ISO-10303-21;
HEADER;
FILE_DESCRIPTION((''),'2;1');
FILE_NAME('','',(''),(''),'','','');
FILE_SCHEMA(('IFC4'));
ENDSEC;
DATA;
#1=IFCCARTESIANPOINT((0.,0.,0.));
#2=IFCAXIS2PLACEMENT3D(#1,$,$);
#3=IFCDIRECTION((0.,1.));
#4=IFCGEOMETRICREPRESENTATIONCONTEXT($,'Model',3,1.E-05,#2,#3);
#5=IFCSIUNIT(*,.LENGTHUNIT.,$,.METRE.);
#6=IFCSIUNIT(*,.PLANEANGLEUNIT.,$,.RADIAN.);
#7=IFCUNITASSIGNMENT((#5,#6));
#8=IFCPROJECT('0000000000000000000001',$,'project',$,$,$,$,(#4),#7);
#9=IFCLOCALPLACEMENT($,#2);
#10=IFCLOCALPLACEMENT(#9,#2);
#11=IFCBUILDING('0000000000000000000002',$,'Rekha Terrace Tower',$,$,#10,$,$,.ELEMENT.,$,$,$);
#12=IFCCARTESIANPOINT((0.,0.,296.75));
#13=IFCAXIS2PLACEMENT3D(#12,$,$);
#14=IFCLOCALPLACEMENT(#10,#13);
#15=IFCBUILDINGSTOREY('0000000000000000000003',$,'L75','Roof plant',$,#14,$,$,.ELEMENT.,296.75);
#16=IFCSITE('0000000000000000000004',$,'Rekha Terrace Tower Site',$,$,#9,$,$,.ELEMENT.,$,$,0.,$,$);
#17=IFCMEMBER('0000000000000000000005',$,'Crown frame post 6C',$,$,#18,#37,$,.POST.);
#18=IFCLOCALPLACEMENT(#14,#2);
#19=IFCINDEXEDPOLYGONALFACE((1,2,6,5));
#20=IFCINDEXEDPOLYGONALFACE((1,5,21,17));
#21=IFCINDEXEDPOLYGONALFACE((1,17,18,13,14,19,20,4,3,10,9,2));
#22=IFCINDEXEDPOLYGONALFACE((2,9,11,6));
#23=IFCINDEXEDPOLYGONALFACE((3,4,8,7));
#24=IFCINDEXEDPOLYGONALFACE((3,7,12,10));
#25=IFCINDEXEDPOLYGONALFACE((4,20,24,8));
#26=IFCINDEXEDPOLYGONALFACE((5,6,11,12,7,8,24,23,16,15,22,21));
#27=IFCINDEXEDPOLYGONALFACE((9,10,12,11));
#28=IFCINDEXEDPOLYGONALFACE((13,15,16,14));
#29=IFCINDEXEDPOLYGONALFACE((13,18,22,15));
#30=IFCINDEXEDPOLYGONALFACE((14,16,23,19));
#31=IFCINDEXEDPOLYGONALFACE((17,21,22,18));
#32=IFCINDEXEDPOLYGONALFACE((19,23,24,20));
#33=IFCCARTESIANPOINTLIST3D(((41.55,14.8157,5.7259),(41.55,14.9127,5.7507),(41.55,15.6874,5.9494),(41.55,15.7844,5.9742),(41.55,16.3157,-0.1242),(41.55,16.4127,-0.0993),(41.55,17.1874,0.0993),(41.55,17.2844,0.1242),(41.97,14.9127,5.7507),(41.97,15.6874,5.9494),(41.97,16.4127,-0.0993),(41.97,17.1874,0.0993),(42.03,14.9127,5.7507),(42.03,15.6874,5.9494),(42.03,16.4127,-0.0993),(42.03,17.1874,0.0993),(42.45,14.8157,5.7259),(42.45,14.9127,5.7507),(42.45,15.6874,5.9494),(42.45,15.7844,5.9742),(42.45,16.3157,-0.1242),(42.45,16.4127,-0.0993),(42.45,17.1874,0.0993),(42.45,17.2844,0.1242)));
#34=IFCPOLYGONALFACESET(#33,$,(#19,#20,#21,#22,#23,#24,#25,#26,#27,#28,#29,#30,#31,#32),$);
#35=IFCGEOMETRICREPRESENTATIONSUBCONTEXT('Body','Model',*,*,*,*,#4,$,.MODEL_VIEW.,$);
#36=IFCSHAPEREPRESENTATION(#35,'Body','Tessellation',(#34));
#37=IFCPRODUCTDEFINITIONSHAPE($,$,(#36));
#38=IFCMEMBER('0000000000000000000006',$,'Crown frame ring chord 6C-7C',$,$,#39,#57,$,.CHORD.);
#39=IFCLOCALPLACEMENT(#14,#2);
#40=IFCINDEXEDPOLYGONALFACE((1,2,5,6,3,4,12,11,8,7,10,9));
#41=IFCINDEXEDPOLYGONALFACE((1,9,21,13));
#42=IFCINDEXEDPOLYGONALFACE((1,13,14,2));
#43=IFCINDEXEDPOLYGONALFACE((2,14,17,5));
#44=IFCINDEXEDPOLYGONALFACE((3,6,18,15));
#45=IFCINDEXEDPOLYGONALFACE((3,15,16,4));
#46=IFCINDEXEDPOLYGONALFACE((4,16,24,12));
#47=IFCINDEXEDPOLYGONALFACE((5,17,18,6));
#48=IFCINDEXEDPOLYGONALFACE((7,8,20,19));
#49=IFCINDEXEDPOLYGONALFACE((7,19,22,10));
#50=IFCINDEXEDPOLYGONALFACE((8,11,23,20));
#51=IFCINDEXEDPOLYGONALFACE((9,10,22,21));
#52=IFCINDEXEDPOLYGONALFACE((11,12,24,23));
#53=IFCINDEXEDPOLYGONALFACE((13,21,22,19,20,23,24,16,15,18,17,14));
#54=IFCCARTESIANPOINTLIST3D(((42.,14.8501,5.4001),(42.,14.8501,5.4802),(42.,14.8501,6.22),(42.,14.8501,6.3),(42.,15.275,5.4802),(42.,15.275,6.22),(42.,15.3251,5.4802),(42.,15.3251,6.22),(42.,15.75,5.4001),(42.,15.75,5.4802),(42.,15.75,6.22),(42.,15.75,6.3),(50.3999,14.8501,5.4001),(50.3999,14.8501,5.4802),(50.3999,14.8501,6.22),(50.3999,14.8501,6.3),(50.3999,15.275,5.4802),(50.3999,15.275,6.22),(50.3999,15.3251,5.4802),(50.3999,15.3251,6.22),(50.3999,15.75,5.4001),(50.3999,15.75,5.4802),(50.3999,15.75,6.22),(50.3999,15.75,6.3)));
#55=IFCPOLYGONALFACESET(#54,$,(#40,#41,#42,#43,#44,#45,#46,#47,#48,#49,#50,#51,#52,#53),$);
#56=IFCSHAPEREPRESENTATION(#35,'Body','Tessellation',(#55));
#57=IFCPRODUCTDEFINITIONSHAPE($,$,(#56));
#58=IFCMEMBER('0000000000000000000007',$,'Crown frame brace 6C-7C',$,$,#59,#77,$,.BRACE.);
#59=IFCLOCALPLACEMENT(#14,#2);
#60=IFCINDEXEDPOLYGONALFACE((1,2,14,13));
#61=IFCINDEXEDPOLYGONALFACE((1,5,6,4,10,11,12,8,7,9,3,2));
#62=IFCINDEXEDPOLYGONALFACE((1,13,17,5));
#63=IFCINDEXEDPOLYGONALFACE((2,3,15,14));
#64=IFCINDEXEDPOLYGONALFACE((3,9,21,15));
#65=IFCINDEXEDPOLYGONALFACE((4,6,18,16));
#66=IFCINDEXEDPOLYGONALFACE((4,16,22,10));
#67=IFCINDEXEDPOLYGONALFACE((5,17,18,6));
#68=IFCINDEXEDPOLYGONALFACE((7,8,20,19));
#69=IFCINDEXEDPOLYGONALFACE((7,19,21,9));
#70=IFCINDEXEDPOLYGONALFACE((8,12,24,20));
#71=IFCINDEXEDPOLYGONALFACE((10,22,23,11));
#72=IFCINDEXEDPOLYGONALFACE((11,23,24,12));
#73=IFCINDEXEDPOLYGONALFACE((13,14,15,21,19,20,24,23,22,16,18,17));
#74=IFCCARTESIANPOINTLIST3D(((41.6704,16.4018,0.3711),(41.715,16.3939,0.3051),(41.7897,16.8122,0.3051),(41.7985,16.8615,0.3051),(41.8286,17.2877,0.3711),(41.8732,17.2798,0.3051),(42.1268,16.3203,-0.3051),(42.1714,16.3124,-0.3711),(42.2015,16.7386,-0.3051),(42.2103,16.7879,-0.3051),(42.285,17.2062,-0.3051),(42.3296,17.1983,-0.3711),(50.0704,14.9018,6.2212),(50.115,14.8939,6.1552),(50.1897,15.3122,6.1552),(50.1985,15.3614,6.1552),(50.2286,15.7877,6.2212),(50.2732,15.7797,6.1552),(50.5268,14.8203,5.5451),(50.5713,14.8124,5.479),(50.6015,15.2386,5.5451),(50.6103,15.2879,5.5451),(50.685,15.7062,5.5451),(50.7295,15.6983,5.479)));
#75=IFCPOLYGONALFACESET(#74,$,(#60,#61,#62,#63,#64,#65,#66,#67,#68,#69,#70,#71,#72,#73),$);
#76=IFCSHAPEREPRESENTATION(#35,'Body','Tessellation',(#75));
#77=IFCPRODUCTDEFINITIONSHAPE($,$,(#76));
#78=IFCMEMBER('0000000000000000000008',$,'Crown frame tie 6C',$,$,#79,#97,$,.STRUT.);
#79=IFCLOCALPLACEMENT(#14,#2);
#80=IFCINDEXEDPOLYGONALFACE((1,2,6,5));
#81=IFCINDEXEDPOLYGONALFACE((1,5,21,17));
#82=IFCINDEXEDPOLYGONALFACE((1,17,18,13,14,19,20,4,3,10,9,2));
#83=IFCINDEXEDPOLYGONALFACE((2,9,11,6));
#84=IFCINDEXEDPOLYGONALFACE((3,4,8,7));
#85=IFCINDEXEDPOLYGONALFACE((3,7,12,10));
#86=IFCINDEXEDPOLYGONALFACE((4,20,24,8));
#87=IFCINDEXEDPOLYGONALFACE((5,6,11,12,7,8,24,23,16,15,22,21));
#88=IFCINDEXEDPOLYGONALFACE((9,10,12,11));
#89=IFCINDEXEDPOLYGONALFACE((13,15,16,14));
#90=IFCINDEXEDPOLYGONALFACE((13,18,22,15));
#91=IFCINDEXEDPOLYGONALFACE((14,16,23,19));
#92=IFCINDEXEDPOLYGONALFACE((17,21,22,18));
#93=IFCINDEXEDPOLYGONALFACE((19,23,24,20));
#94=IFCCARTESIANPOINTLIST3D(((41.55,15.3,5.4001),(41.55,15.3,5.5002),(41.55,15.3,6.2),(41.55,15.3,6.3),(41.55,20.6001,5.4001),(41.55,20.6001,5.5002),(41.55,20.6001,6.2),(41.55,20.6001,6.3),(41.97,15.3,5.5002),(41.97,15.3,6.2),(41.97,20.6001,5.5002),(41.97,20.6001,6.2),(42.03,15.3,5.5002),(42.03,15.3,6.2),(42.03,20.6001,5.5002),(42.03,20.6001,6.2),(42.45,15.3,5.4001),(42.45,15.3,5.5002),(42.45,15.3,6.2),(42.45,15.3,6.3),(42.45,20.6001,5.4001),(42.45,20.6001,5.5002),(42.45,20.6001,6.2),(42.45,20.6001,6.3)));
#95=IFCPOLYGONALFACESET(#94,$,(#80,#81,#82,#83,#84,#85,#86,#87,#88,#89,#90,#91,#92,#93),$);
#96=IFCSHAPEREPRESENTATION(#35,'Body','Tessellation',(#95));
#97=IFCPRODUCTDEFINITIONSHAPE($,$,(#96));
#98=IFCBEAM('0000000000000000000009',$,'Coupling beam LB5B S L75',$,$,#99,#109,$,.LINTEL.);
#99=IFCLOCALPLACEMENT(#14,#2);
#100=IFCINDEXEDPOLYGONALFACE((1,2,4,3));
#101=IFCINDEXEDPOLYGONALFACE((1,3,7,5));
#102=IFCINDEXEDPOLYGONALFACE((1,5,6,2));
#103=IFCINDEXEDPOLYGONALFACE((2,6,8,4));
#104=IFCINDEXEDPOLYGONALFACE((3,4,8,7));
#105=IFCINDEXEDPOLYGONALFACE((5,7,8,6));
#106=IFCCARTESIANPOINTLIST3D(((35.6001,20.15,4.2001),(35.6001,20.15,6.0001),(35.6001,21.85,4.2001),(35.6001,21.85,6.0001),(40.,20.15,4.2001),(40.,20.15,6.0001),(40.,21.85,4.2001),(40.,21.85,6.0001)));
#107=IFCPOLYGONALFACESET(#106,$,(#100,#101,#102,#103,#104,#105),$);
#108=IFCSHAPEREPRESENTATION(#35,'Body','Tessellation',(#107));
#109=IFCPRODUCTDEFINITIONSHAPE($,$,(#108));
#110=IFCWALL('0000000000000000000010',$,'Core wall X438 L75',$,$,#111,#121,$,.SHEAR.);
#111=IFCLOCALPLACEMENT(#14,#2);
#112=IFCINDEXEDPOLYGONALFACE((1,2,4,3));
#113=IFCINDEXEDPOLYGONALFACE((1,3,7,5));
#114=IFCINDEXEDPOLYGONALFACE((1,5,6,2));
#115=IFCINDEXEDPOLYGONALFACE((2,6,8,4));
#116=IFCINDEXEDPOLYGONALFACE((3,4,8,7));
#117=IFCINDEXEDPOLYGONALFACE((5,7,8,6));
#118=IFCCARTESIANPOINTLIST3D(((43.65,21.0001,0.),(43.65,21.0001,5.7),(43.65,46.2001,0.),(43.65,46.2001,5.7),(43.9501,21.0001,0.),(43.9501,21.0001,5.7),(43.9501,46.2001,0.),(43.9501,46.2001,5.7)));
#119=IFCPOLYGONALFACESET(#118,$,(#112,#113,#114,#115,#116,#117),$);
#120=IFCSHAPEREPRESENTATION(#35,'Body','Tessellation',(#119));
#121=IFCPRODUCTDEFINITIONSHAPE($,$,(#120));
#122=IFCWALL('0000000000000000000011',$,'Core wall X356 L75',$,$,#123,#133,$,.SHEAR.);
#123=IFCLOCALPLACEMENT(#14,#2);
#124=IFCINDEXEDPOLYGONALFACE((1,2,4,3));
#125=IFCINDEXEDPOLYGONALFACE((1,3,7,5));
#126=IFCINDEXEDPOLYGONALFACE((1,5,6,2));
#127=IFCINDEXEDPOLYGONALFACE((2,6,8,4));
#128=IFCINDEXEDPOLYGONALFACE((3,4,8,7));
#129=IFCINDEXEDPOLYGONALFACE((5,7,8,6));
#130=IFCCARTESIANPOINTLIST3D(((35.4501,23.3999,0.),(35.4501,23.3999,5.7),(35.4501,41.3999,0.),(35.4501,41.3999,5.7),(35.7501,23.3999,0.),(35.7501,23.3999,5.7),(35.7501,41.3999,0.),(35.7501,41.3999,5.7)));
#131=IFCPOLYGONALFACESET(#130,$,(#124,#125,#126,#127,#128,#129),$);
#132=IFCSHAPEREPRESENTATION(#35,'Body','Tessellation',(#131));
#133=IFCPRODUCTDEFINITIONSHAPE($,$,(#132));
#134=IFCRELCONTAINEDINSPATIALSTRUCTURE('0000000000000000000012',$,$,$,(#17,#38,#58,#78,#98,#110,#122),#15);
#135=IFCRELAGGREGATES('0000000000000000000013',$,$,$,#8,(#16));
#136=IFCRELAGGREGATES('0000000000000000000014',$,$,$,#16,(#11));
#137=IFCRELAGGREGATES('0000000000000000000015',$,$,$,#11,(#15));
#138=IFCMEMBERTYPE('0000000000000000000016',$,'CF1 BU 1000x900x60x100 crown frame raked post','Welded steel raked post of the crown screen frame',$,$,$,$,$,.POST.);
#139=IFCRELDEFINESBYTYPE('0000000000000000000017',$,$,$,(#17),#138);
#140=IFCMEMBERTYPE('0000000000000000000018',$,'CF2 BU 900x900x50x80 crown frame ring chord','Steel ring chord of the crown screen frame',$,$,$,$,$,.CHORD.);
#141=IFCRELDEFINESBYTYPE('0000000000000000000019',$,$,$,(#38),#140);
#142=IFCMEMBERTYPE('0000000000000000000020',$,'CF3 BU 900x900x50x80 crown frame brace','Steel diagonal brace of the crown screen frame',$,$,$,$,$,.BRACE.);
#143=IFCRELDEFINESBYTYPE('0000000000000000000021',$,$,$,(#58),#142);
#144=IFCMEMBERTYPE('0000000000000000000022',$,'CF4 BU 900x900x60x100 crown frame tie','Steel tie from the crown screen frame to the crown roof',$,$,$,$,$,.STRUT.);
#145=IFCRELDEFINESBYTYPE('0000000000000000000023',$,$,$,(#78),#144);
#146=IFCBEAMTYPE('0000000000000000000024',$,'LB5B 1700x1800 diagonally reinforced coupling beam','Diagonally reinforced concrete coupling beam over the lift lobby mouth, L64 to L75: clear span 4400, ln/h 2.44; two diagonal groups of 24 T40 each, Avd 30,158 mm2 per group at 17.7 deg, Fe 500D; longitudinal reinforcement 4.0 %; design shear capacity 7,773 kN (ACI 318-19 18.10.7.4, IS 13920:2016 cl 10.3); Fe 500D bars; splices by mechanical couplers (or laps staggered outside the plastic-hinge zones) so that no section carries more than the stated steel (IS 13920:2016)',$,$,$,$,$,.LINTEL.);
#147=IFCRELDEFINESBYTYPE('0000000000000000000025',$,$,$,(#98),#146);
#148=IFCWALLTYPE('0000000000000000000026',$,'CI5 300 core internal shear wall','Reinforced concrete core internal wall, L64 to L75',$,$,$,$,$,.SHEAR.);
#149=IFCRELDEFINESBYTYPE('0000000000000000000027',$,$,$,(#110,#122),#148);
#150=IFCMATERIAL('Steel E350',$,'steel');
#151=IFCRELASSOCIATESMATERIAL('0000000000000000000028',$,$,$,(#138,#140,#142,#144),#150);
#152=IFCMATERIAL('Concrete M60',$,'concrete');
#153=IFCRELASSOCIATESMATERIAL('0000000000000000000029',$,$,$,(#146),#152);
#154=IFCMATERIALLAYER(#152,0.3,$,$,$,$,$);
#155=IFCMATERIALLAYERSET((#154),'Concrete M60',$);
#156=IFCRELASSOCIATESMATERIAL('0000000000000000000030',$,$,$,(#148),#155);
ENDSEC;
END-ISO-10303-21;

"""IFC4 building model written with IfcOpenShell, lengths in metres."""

from ifc_helpers import new_model, si_unit, direction, frame, frame_2d, origin, origin_2d, place, context, subcontext, project, spatial, rectangle, i_section, extrude, material, layer, layer_set, material_profile, profile_set, type_object, element, save


model = new_model("IFC4")

# Units and contexts
model_context = context("Model", 3, precision=1e-05, world=origin(), true_north=direction((0.0, 1.0)))
body_context = subcontext(model_context, "Body", "Model", "MODEL_VIEW")
ifc_project = project(units=[si_unit("LENGTHUNIT", "METRE"), si_unit("PLANEANGLEUNIT", "RADIAN")], contexts=[model_context])

# Site, building, storey
site_placement = place(None, origin())
site = spatial("IfcSite", under=ifc_project, at=site_placement, Name="Rekha Terrace Tower Site", CompositionType="ELEMENT", RefElevation=0.0)
building_placement = place(site_placement, origin())
building = spatial("IfcBuilding", under=site, at=building_placement, Name="Rekha Terrace Tower", CompositionType="ELEMENT")
storey_placement = place(building_placement, frame((0.0, 0.0, 296.75)))
storey = spatial("IfcBuildingStorey", under=building, at=storey_placement, Name="L75", Description="Roof plant", CompositionType="ELEMENT", Elevation=296.75)

# Members
ifc_material_1 = material(Name="Steel E350", Category="steel")
ifc_material_profile_1 = material_profile(ifc_material_1, i_section(OverallWidth=0.8999, OverallDepth=1.0, WebThickness=0.0601, FlangeThickness=0.1001, at=origin_2d()), Name="BU 1000x900x60x100")
ifc_profile_set_1 = profile_set([ifc_material_profile_1], Name="Steel E350")
member_type_1 = type_object("IfcMemberType", Name="CF1 BU 1000x900x60x100 crown frame raked post", Description="Welded steel raked post of the crown screen frame", PredefinedType="POST", material=ifc_profile_set_1)
member_1_placement = place(storey_placement, frame((42.0, 16.8, 0.0), z_axis=(0.0, -0.248371, 0.968665), x_axis=(1.0, 0.0, 0.0)))
element("IfcMember", 1, at=member_1_placement, inside=storey, type_object=member_type_1, Name="Crown frame post 6C", PredefinedType="POST", context=body_context, shape_type="SweptSolid", body=[
    extrude(i_section(OverallWidth=0.8999, OverallDepth=1.0, WebThickness=0.0601, FlangeThickness=0.1001, at=origin_2d()), origin(), (0.0, 0.0, 1.0), 6.0393),
])
ifc_material_profile_2 = material_profile(ifc_material_1, i_section(OverallWidth=0.8999, OverallDepth=0.8999, WebThickness=0.05, FlangeThickness=0.0801, at=origin_2d()), Name="BU 900x900x50x80")
ifc_profile_set_2 = profile_set([ifc_material_profile_2], Name="Steel E350")
member_type_2 = type_object("IfcMemberType", Name="CF2 BU 900x900x50x80 crown frame ring chord", Description="Steel ring chord of the crown screen frame", PredefinedType="CHORD", material=ifc_profile_set_2)
member_2_placement = place(storey_placement, frame((42.0, 15.3, 5.8501), z_axis=(1.0, 0.0, 0.0), x_axis=(0.0, 1.0, 0.0)))
element("IfcMember", 2, at=member_2_placement, inside=storey, type_object=member_type_2, Name="Crown frame ring chord 6C-7C", PredefinedType="CHORD", context=body_context, shape_type="SweptSolid", body=[
    extrude(i_section(OverallWidth=0.8999, OverallDepth=0.8999, WebThickness=0.05, FlangeThickness=0.0801, at=origin_2d()), origin(), (0.0, 0.0, 1.0), 8.3999),
])
ifc_material_profile_3 = material_profile(ifc_material_1, i_section(OverallWidth=0.8999, OverallDepth=0.8999, WebThickness=0.05, FlangeThickness=0.0801, at=origin_2d()), Name="BU 900x900x50x80")
ifc_profile_set_3 = profile_set([ifc_material_profile_3], Name="Steel E350")
member_type_3 = type_object("IfcMemberType", Name="CF3 BU 900x900x50x80 crown frame brace", Description="Steel diagonal brace of the crown screen frame", PredefinedType="BRACE", material=ifc_profile_set_3)
member_3_placement = place(storey_placement, frame((42.0, 16.8, 0.0), z_axis=(0.811928, -0.144989, 0.565466), x_axis=(0.175793, 0.984427, 0.0)))
element("IfcMember", 3, at=member_3_placement, inside=storey, type_object=member_type_3, Name="Crown frame brace 6C-7C", PredefinedType="BRACE", context=body_context, shape_type="SweptSolid", body=[
    extrude(i_section(OverallWidth=0.8999, OverallDepth=0.8999, WebThickness=0.05, FlangeThickness=0.0801, at=origin_2d()), origin(), (0.0, 0.0, 1.0), 10.3457),
])
ifc_material_profile_4 = material_profile(ifc_material_1, i_section(OverallWidth=0.8999, OverallDepth=0.8999, WebThickness=0.0601, FlangeThickness=0.1001, at=origin_2d()), Name="BU 900x900x60x100")
ifc_profile_set_4 = profile_set([ifc_material_profile_4], Name="Steel E350")
member_type_4 = type_object("IfcMemberType", Name="CF4 BU 900x900x60x100 crown frame tie", Description="Steel tie from the crown screen frame to the crown roof", PredefinedType="STRUT", material=ifc_profile_set_4)
member_4_placement = place(storey_placement, frame((42.0, 15.3, 5.8501), z_axis=(0.0, 1.0, 0.0), x_axis=(-1.0, 0.0, 0.0)))
element("IfcMember", 4, at=member_4_placement, inside=storey, type_object=member_type_4, Name="Crown frame tie 6C", PredefinedType="STRUT", context=body_context, shape_type="SweptSolid", body=[
    extrude(i_section(OverallWidth=0.8999, OverallDepth=0.8999, WebThickness=0.0601, FlangeThickness=0.1001, at=origin_2d()), origin(), (0.0, 0.0, 1.0), 5.3),
])

# Beam
ifc_material_2 = material(Name="Concrete M60", Category="concrete")
ifc_material_profile_5 = material_profile(ifc_material_2, rectangle(XDim=1.7, YDim=1.8, at=origin_2d()), Name="RC 1700x1800")
ifc_profile_set_5 = profile_set([ifc_material_profile_5], Name="Concrete M60")
beam_type = type_object("IfcBeamType", Name="LB5B 1700x1800 diagonally reinforced coupling beam", Description="Diagonally reinforced concrete coupling beam over the lift lobby mouth, L64 to L75: clear span 4400, ln/h 2.44; two diagonal groups of 24 T40 each, Avd 30,158 mm2 per group at 17.7 deg, Fe 500D; longitudinal reinforcement 4.0 %; design shear capacity 7,773 kN (ACI 318-19 18.10.7.4, IS 13920:2016 cl 10.3); Fe 500D bars; splices by mechanical couplers (or laps staggered outside the plastic-hinge zones) so that no section carries more than the stated steel (IS 13920:2016)", PredefinedType="LINTEL", material=ifc_profile_set_5)
beam_placement = place(storey_placement, frame((35.6001, 21.0, 5.1001), z_axis=(1.0, 0.0, 0.0), x_axis=(0.0, 1.0, 0.0)))
element("IfcBeam", 5, at=beam_placement, inside=storey, type_object=beam_type, Name="Coupling beam LB5B S L75", PredefinedType="LINTEL", context=body_context, shape_type="SweptSolid", body=[
    extrude(rectangle(XDim=1.7, YDim=1.8, at=origin_2d()), origin(), (0.0, 0.0, 1.0), 4.3999),
])

# Walls
ifc_layer_1 = layer(ifc_material_2, 0.3)
ifc_layer_set_1 = layer_set([ifc_layer_1], Name="Concrete M60")
wall_type_1 = type_object("IfcWallType", Name="CI5 300 core internal shear wall", Description="Reinforced concrete core internal wall, L64 to L75", PredefinedType="SHEAR", material=ifc_layer_set_1)
wall_1_placement = place(storey_placement, frame((43.8, 21.0, 0.0), z_axis=(0.0, 0.0, 1.0), x_axis=(0.0, 1.0, 0.0)))
element("IfcWall", 6, at=wall_1_placement, inside=storey, type_object=wall_type_1, Name="Core wall X438 L75", PredefinedType="SHEAR", context=body_context, shape_type="SweptSolid", body=[
    extrude(rectangle(XDim=25.2, YDim=0.3, at=frame_2d((12.6001, 0.0))), origin(), (0.0, 0.0, 1.0), 5.7),
])
wall_2_placement = place(storey_placement, frame((35.6001, 23.3999, 0.0), z_axis=(0.0, 0.0, 1.0), x_axis=(0.0, 1.0, 0.0)))
element("IfcWall", 7, at=wall_2_placement, inside=storey, type_object=wall_type_1, Name="Core wall X356 L75", PredefinedType="SHEAR", context=body_context, shape_type="SweptSolid", body=[
    extrude(rectangle(XDim=18.0, YDim=0.3, at=frame_2d((9.0, 0.0))), origin(), (0.0, 0.0, 1.0), 5.7),
])

save(model, "model.ifc")
